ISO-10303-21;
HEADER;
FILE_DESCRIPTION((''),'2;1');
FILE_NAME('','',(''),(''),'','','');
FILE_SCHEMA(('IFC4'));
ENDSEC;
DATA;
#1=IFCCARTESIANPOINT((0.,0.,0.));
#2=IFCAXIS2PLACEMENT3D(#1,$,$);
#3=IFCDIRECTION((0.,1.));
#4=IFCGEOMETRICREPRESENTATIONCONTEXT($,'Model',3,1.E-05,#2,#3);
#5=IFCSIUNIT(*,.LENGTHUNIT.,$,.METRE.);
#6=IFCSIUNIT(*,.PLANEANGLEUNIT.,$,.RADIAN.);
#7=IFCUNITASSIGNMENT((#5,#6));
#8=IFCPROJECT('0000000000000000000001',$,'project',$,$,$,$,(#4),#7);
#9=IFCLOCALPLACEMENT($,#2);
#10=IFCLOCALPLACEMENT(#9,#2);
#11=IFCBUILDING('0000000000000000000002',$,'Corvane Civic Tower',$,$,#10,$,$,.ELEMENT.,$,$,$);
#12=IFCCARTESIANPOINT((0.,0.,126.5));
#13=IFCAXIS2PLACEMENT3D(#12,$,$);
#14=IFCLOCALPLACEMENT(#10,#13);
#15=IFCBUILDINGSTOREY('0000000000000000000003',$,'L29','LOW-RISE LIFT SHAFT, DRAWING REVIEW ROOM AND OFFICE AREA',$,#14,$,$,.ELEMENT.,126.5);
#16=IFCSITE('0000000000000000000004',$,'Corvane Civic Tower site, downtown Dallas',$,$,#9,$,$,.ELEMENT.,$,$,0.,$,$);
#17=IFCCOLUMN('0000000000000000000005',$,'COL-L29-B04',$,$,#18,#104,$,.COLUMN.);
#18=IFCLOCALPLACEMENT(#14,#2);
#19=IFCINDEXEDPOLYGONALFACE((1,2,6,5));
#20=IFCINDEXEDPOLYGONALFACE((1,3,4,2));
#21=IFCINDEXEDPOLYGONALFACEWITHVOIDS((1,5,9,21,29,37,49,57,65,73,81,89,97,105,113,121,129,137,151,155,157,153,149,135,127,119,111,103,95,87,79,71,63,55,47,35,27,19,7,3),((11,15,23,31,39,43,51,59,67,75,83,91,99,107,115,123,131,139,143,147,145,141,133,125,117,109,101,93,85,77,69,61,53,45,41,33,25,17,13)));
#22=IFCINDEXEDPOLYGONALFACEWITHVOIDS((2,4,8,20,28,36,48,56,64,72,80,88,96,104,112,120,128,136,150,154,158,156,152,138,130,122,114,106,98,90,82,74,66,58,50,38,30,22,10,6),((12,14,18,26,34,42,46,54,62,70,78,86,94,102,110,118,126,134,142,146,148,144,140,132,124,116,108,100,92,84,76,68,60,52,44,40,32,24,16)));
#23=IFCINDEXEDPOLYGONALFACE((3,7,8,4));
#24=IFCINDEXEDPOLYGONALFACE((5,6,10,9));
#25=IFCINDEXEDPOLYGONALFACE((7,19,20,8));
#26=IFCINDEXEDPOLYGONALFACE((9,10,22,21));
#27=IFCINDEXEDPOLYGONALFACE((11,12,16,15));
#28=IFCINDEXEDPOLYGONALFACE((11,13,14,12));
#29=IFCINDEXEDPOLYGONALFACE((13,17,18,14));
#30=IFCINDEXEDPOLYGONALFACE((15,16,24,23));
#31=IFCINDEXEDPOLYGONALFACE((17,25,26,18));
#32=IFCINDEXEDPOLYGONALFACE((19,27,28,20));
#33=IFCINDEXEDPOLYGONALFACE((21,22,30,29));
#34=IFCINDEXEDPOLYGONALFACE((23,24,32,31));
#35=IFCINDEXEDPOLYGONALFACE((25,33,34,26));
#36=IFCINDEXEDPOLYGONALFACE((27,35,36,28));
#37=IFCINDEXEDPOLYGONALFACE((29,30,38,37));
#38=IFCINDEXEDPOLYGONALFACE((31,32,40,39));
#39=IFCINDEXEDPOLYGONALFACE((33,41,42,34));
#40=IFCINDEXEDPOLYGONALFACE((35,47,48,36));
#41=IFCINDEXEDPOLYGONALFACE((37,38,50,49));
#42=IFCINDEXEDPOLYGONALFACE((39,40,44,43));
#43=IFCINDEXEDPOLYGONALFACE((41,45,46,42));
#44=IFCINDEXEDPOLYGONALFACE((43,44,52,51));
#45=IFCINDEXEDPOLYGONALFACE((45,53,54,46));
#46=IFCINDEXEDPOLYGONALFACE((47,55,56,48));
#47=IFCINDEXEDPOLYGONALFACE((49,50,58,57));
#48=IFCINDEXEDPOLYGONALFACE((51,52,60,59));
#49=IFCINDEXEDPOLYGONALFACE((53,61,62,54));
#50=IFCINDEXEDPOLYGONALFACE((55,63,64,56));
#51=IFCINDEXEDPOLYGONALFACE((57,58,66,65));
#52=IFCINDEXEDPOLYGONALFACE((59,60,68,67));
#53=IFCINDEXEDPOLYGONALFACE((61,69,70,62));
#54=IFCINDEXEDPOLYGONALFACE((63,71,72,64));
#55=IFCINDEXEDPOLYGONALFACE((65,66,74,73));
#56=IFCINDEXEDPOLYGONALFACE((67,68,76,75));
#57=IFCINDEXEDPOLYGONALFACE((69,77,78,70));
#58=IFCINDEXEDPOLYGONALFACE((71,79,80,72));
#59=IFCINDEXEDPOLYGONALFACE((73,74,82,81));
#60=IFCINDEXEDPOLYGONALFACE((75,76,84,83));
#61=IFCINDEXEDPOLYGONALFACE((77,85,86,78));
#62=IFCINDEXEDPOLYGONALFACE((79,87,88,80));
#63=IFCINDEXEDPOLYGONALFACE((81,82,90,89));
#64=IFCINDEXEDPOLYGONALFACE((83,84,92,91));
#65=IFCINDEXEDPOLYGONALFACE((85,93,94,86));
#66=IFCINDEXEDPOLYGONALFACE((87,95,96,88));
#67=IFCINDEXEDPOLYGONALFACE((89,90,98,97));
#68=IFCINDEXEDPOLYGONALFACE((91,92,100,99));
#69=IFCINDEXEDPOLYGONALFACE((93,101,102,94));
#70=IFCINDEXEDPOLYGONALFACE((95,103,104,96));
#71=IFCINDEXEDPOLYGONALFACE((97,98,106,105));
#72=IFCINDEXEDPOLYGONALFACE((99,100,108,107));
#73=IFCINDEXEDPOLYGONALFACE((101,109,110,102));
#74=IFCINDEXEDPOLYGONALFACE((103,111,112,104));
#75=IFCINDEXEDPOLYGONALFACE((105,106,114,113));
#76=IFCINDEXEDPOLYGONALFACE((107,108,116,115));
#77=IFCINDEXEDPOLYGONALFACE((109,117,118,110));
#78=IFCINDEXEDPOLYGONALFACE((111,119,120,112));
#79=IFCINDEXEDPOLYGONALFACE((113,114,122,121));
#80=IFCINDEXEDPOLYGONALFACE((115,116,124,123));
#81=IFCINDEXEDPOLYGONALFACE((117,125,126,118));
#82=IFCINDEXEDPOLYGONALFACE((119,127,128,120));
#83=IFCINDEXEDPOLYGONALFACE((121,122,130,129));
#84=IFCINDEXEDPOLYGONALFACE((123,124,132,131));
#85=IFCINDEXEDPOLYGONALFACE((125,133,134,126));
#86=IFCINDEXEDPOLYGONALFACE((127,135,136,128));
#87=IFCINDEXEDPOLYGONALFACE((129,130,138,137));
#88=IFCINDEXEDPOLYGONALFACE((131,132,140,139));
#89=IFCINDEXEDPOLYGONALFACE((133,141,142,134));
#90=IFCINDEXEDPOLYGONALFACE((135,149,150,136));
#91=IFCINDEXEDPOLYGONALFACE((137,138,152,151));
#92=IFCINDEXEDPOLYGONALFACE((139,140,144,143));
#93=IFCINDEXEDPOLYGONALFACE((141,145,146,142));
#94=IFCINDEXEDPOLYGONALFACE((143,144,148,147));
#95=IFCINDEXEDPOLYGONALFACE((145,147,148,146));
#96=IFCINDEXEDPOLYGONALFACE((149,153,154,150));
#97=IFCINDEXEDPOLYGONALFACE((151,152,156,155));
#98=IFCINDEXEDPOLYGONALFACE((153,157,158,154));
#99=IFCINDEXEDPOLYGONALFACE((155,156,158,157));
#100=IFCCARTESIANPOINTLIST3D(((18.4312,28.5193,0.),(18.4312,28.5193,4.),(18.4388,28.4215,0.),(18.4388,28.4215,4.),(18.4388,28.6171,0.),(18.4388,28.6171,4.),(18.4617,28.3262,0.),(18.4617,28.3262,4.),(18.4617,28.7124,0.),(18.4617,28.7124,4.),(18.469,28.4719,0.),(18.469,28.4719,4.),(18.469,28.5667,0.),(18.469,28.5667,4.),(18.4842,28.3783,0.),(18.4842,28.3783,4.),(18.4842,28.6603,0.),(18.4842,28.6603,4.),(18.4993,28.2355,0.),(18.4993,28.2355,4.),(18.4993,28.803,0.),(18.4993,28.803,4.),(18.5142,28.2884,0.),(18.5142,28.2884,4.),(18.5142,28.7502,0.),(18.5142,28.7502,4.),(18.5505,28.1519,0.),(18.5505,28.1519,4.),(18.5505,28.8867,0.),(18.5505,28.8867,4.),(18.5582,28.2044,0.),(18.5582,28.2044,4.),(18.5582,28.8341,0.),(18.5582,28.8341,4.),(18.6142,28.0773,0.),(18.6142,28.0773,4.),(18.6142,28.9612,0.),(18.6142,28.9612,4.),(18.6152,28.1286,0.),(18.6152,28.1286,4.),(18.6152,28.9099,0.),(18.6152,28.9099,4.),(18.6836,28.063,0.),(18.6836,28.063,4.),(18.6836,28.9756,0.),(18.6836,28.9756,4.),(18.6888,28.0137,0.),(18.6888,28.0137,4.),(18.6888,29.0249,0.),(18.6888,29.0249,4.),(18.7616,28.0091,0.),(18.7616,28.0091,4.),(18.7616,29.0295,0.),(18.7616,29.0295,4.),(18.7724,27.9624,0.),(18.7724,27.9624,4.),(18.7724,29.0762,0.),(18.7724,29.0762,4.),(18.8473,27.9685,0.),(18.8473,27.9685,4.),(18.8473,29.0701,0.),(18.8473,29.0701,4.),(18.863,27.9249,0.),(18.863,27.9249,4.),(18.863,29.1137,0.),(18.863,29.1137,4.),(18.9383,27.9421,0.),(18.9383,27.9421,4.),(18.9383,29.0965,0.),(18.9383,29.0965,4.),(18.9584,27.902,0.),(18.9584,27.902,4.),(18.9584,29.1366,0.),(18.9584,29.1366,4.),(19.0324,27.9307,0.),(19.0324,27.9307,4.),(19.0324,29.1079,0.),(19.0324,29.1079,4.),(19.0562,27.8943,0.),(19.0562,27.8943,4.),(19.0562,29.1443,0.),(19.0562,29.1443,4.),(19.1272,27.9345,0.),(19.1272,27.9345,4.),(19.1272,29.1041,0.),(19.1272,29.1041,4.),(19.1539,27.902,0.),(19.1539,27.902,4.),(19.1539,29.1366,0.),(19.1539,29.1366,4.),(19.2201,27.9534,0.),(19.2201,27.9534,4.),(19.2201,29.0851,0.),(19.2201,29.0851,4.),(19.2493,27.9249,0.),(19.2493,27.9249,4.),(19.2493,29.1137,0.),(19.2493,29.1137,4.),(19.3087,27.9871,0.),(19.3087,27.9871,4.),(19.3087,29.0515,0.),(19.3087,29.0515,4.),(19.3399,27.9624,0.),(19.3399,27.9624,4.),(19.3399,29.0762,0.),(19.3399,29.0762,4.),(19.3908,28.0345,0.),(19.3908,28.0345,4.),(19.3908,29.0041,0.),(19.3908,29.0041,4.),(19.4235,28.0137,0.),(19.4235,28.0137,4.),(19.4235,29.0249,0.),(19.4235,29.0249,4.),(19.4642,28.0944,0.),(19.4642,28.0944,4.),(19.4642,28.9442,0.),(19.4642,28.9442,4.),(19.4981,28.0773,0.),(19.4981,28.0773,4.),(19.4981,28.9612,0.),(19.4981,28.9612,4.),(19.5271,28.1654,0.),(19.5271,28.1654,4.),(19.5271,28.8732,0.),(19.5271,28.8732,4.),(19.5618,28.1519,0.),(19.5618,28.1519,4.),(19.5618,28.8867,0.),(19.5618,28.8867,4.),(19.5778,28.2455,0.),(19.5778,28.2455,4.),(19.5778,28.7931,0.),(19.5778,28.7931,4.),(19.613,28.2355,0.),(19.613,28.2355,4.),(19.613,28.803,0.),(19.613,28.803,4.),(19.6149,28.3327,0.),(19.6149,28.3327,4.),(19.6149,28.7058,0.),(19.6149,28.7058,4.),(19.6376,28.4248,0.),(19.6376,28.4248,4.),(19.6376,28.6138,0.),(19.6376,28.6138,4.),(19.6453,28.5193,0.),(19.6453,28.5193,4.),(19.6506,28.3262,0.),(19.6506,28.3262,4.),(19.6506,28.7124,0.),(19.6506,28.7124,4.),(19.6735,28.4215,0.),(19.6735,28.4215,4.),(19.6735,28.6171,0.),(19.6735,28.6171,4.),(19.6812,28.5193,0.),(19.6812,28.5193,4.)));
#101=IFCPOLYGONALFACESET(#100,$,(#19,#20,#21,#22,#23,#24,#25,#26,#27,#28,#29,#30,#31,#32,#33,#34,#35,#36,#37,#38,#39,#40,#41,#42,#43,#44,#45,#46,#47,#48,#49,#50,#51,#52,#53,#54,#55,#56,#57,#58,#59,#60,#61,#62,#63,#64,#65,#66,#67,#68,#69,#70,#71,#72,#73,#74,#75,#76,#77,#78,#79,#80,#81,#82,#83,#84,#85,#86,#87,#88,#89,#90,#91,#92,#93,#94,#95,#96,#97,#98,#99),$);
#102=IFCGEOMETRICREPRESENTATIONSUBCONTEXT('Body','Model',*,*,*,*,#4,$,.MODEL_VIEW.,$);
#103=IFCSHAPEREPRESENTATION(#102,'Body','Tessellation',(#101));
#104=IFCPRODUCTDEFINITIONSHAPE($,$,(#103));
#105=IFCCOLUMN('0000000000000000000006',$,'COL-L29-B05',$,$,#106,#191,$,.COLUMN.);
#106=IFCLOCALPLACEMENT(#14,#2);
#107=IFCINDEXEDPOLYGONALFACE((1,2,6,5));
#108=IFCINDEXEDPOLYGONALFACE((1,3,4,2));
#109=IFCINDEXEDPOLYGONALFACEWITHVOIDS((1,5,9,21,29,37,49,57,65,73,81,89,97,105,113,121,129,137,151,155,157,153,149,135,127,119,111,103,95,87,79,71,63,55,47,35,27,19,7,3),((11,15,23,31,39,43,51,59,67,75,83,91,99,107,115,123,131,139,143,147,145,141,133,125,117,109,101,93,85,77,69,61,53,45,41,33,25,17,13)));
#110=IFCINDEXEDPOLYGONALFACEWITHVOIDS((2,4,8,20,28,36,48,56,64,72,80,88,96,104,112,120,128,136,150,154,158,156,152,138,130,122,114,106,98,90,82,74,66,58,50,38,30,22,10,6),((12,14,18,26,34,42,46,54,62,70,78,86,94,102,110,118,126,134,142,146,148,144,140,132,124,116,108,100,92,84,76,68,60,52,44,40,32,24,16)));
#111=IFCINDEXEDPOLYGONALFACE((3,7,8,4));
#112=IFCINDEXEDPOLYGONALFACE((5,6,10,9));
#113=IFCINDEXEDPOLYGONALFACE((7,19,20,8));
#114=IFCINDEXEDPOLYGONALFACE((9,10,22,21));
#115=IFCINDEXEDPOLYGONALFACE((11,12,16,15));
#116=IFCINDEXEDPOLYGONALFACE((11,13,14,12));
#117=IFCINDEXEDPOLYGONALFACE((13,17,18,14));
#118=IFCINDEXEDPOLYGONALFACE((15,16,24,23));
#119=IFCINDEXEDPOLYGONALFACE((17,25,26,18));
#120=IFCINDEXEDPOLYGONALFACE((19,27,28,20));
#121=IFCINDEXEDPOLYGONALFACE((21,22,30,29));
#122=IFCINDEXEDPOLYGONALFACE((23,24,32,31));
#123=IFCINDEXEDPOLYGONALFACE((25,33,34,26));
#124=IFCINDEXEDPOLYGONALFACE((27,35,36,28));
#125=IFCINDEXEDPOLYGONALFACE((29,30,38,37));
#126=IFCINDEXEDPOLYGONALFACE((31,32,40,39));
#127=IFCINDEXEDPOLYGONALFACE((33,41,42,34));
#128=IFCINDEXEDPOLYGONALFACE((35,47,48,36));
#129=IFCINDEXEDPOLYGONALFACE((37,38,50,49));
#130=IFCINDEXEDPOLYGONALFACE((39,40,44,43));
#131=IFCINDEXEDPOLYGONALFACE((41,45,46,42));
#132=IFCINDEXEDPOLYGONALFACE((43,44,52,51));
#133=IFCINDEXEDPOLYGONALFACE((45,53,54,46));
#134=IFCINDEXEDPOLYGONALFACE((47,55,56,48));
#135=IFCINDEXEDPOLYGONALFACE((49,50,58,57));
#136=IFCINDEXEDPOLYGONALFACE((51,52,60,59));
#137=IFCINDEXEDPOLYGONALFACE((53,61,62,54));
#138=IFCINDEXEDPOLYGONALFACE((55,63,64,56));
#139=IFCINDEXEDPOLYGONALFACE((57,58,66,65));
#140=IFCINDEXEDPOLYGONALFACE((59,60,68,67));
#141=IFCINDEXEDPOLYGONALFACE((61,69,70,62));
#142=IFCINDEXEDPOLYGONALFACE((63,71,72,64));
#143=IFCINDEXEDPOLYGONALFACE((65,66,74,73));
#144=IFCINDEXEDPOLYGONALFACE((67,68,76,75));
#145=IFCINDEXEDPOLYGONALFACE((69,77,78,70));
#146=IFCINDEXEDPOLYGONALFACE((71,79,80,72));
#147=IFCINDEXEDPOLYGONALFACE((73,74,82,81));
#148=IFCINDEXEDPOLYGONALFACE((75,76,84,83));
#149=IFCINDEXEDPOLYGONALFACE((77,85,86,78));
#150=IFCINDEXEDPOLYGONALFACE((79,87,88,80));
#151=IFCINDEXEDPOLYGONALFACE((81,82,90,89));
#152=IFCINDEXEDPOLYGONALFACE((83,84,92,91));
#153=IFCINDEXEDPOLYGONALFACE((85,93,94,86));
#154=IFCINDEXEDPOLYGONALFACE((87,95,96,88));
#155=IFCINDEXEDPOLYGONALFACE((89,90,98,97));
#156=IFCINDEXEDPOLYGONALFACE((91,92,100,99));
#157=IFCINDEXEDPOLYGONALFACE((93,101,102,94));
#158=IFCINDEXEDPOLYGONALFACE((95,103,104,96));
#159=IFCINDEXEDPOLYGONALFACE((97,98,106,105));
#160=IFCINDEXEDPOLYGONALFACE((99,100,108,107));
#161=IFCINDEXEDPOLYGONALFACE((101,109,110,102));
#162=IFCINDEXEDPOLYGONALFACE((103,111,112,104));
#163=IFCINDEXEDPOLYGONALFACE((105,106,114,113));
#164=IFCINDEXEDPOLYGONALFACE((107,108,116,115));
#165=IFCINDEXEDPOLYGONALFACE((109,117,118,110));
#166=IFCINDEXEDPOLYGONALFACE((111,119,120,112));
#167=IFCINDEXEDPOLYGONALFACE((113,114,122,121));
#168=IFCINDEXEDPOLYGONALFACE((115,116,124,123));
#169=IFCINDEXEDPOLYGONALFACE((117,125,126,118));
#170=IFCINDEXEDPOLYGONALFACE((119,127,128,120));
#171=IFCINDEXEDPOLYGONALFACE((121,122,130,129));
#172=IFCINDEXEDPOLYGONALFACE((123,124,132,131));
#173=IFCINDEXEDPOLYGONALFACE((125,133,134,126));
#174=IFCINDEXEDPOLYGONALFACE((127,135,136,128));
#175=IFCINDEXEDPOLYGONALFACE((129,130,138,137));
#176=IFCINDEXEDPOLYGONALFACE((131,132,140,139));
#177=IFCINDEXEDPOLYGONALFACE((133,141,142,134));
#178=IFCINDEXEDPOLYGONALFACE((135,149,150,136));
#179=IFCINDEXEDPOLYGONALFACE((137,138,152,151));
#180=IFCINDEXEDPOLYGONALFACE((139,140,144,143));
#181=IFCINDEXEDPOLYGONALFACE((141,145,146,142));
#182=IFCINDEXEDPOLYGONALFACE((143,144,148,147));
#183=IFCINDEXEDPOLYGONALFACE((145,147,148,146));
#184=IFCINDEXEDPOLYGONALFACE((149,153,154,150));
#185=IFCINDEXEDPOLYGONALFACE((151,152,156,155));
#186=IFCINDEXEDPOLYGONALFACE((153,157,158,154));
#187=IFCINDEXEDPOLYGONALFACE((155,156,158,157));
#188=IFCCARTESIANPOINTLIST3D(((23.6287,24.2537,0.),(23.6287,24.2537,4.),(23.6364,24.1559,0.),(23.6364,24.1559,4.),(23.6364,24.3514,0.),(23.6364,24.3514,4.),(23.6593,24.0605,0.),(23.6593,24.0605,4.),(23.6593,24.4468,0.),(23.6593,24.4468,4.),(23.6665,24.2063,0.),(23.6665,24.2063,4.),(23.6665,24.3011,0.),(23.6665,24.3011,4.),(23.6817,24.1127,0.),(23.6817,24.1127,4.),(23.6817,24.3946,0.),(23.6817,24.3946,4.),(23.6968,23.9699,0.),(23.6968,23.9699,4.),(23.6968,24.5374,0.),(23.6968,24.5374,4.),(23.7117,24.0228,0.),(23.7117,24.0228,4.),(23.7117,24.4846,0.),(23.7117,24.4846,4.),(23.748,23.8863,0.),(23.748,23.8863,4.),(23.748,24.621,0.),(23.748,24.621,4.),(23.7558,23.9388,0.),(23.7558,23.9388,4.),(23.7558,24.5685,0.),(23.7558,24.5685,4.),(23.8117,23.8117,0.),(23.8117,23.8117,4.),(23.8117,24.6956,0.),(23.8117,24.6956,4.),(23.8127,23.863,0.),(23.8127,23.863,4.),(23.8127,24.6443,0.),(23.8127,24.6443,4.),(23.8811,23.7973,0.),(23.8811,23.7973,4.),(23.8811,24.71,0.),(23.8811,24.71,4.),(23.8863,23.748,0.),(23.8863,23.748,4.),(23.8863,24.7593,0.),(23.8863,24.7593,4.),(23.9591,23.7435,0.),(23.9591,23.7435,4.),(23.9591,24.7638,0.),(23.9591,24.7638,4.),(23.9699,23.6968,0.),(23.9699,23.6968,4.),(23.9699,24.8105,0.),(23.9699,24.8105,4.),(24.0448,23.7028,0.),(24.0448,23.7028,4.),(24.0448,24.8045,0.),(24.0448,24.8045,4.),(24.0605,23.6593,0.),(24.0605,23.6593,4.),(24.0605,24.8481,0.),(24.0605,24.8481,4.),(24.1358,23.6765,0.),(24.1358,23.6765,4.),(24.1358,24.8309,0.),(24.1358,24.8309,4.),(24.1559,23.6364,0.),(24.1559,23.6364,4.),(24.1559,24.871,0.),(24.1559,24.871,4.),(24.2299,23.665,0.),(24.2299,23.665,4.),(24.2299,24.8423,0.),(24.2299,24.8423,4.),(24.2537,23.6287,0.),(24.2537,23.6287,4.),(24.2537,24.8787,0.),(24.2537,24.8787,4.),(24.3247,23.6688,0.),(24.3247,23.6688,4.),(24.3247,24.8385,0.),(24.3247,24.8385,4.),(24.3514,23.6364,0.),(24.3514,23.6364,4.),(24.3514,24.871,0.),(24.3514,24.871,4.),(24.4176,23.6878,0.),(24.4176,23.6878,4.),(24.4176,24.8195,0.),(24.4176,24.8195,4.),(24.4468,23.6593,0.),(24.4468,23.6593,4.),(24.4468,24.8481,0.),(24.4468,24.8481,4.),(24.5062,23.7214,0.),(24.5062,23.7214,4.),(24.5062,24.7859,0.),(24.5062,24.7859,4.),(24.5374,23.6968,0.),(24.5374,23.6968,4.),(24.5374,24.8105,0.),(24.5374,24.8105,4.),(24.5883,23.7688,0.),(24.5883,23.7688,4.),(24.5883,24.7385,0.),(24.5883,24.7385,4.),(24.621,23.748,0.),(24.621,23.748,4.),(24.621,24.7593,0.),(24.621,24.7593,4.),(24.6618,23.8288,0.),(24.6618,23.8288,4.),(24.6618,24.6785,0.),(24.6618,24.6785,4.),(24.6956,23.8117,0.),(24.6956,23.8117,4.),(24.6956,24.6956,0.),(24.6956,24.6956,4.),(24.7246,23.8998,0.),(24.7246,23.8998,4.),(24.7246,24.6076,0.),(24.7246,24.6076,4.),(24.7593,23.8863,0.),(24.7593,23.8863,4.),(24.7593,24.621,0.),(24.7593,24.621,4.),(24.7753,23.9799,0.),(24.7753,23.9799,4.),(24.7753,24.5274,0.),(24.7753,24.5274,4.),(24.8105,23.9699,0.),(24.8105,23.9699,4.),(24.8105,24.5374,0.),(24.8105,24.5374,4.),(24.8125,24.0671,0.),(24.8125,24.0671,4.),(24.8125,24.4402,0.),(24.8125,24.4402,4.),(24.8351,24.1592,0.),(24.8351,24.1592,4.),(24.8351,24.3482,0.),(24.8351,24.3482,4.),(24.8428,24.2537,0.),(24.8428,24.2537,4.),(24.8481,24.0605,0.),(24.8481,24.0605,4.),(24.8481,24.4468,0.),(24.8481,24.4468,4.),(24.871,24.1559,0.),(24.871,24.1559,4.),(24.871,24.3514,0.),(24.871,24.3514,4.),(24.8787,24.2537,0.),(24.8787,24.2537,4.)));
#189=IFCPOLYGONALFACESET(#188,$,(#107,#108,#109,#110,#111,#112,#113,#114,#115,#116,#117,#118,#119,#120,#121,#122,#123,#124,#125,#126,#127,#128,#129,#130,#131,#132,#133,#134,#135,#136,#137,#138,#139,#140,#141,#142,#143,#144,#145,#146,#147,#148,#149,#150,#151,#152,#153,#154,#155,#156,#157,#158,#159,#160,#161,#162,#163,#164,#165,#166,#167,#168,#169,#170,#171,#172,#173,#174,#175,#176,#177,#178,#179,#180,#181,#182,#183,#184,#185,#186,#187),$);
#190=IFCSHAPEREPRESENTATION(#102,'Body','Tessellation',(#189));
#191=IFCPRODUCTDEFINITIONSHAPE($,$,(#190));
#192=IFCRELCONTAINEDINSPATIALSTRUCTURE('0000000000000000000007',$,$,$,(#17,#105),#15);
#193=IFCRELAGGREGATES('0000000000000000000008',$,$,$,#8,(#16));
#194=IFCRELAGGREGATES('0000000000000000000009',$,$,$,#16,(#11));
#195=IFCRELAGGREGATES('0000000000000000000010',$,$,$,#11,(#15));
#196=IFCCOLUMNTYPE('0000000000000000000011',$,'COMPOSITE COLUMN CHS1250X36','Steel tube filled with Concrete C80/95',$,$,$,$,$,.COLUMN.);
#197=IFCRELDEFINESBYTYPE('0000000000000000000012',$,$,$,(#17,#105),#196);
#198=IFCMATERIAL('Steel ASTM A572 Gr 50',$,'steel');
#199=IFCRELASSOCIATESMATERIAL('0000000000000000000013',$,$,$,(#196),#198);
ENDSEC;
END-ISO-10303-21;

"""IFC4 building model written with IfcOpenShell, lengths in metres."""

from ifc_helpers import new_model, si_unit, direction, frame, origin, origin_2d, place, context, subcontext, project, spatial, hollow_circle, extrude, material, material_profile, profile_set, type_object, element, save


model = new_model("IFC4")

# Units and contexts
model_context = context("Model", 3, precision=1e-05, world=origin(), true_north=direction((0.0, 1.0)))
body_context = subcontext(model_context, "Body", "Model", "MODEL_VIEW")
ifc_project = project(units=[si_unit("LENGTHUNIT", "METRE"), si_unit("PLANEANGLEUNIT", "RADIAN")], contexts=[model_context])

# Site, building, storey
site_placement = place(None, origin())
site = spatial("IfcSite", under=ifc_project, at=site_placement, Name="Corvane Civic Tower site, downtown Dallas", CompositionType="ELEMENT", RefElevation=0.0)
building_placement = place(site_placement, origin())
building = spatial("IfcBuilding", under=site, at=building_placement, Name="Corvane Civic Tower", CompositionType="ELEMENT")
storey_placement = place(building_placement, frame((0.0, 0.0, 126.5)))
storey = spatial("IfcBuildingStorey", under=building, at=storey_placement, Name="L29", Description="LOW-RISE LIFT SHAFT, DRAWING REVIEW ROOM AND OFFICE AREA", CompositionType="ELEMENT", Elevation=126.5)

# Columns
ifc_material_1 = material(Name="Steel ASTM A572 Gr 50", Category="steel")
ifc_material_profile_1 = material_profile(ifc_material_1, hollow_circle(Radius=0.625, WallThickness=0.0359, at=origin_2d()), Name="CHS1250X36")
ifc_profile_set_1 = profile_set([ifc_material_profile_1], Name="Steel ASTM A572 Gr 50")
column_type = type_object("IfcColumnType", Name="COMPOSITE COLUMN CHS1250X36", Description="Steel tube filled with Concrete C80/95", PredefinedType="COLUMN", material=ifc_profile_set_1)
for number, where, z_axis, x_axis, name in (
    (1, (19.0562, 28.5193, 0.0), (0.0, 0.0, 1.0), (1.0, 0.0, 0.0), "COL-L29-B04"),
    (2, (24.2537, 24.2537, 0.0), (0.0, 0.0, 1.0), (1.0, 0.0, 0.0), "COL-L29-B05"),
):
    element("IfcColumn", number, at=place(storey_placement, frame(where, z_axis=z_axis, x_axis=x_axis)), inside=storey, type_object=column_type, Name=name, PredefinedType="COLUMN", context=body_context, shape_type="SweptSolid", body=[
        extrude(hollow_circle(Radius=0.625, WallThickness=0.0359, at=origin_2d()), origin(), (0.0, 0.0, 1.0), 4.0),
    ])

save(model, "model.ifc")
